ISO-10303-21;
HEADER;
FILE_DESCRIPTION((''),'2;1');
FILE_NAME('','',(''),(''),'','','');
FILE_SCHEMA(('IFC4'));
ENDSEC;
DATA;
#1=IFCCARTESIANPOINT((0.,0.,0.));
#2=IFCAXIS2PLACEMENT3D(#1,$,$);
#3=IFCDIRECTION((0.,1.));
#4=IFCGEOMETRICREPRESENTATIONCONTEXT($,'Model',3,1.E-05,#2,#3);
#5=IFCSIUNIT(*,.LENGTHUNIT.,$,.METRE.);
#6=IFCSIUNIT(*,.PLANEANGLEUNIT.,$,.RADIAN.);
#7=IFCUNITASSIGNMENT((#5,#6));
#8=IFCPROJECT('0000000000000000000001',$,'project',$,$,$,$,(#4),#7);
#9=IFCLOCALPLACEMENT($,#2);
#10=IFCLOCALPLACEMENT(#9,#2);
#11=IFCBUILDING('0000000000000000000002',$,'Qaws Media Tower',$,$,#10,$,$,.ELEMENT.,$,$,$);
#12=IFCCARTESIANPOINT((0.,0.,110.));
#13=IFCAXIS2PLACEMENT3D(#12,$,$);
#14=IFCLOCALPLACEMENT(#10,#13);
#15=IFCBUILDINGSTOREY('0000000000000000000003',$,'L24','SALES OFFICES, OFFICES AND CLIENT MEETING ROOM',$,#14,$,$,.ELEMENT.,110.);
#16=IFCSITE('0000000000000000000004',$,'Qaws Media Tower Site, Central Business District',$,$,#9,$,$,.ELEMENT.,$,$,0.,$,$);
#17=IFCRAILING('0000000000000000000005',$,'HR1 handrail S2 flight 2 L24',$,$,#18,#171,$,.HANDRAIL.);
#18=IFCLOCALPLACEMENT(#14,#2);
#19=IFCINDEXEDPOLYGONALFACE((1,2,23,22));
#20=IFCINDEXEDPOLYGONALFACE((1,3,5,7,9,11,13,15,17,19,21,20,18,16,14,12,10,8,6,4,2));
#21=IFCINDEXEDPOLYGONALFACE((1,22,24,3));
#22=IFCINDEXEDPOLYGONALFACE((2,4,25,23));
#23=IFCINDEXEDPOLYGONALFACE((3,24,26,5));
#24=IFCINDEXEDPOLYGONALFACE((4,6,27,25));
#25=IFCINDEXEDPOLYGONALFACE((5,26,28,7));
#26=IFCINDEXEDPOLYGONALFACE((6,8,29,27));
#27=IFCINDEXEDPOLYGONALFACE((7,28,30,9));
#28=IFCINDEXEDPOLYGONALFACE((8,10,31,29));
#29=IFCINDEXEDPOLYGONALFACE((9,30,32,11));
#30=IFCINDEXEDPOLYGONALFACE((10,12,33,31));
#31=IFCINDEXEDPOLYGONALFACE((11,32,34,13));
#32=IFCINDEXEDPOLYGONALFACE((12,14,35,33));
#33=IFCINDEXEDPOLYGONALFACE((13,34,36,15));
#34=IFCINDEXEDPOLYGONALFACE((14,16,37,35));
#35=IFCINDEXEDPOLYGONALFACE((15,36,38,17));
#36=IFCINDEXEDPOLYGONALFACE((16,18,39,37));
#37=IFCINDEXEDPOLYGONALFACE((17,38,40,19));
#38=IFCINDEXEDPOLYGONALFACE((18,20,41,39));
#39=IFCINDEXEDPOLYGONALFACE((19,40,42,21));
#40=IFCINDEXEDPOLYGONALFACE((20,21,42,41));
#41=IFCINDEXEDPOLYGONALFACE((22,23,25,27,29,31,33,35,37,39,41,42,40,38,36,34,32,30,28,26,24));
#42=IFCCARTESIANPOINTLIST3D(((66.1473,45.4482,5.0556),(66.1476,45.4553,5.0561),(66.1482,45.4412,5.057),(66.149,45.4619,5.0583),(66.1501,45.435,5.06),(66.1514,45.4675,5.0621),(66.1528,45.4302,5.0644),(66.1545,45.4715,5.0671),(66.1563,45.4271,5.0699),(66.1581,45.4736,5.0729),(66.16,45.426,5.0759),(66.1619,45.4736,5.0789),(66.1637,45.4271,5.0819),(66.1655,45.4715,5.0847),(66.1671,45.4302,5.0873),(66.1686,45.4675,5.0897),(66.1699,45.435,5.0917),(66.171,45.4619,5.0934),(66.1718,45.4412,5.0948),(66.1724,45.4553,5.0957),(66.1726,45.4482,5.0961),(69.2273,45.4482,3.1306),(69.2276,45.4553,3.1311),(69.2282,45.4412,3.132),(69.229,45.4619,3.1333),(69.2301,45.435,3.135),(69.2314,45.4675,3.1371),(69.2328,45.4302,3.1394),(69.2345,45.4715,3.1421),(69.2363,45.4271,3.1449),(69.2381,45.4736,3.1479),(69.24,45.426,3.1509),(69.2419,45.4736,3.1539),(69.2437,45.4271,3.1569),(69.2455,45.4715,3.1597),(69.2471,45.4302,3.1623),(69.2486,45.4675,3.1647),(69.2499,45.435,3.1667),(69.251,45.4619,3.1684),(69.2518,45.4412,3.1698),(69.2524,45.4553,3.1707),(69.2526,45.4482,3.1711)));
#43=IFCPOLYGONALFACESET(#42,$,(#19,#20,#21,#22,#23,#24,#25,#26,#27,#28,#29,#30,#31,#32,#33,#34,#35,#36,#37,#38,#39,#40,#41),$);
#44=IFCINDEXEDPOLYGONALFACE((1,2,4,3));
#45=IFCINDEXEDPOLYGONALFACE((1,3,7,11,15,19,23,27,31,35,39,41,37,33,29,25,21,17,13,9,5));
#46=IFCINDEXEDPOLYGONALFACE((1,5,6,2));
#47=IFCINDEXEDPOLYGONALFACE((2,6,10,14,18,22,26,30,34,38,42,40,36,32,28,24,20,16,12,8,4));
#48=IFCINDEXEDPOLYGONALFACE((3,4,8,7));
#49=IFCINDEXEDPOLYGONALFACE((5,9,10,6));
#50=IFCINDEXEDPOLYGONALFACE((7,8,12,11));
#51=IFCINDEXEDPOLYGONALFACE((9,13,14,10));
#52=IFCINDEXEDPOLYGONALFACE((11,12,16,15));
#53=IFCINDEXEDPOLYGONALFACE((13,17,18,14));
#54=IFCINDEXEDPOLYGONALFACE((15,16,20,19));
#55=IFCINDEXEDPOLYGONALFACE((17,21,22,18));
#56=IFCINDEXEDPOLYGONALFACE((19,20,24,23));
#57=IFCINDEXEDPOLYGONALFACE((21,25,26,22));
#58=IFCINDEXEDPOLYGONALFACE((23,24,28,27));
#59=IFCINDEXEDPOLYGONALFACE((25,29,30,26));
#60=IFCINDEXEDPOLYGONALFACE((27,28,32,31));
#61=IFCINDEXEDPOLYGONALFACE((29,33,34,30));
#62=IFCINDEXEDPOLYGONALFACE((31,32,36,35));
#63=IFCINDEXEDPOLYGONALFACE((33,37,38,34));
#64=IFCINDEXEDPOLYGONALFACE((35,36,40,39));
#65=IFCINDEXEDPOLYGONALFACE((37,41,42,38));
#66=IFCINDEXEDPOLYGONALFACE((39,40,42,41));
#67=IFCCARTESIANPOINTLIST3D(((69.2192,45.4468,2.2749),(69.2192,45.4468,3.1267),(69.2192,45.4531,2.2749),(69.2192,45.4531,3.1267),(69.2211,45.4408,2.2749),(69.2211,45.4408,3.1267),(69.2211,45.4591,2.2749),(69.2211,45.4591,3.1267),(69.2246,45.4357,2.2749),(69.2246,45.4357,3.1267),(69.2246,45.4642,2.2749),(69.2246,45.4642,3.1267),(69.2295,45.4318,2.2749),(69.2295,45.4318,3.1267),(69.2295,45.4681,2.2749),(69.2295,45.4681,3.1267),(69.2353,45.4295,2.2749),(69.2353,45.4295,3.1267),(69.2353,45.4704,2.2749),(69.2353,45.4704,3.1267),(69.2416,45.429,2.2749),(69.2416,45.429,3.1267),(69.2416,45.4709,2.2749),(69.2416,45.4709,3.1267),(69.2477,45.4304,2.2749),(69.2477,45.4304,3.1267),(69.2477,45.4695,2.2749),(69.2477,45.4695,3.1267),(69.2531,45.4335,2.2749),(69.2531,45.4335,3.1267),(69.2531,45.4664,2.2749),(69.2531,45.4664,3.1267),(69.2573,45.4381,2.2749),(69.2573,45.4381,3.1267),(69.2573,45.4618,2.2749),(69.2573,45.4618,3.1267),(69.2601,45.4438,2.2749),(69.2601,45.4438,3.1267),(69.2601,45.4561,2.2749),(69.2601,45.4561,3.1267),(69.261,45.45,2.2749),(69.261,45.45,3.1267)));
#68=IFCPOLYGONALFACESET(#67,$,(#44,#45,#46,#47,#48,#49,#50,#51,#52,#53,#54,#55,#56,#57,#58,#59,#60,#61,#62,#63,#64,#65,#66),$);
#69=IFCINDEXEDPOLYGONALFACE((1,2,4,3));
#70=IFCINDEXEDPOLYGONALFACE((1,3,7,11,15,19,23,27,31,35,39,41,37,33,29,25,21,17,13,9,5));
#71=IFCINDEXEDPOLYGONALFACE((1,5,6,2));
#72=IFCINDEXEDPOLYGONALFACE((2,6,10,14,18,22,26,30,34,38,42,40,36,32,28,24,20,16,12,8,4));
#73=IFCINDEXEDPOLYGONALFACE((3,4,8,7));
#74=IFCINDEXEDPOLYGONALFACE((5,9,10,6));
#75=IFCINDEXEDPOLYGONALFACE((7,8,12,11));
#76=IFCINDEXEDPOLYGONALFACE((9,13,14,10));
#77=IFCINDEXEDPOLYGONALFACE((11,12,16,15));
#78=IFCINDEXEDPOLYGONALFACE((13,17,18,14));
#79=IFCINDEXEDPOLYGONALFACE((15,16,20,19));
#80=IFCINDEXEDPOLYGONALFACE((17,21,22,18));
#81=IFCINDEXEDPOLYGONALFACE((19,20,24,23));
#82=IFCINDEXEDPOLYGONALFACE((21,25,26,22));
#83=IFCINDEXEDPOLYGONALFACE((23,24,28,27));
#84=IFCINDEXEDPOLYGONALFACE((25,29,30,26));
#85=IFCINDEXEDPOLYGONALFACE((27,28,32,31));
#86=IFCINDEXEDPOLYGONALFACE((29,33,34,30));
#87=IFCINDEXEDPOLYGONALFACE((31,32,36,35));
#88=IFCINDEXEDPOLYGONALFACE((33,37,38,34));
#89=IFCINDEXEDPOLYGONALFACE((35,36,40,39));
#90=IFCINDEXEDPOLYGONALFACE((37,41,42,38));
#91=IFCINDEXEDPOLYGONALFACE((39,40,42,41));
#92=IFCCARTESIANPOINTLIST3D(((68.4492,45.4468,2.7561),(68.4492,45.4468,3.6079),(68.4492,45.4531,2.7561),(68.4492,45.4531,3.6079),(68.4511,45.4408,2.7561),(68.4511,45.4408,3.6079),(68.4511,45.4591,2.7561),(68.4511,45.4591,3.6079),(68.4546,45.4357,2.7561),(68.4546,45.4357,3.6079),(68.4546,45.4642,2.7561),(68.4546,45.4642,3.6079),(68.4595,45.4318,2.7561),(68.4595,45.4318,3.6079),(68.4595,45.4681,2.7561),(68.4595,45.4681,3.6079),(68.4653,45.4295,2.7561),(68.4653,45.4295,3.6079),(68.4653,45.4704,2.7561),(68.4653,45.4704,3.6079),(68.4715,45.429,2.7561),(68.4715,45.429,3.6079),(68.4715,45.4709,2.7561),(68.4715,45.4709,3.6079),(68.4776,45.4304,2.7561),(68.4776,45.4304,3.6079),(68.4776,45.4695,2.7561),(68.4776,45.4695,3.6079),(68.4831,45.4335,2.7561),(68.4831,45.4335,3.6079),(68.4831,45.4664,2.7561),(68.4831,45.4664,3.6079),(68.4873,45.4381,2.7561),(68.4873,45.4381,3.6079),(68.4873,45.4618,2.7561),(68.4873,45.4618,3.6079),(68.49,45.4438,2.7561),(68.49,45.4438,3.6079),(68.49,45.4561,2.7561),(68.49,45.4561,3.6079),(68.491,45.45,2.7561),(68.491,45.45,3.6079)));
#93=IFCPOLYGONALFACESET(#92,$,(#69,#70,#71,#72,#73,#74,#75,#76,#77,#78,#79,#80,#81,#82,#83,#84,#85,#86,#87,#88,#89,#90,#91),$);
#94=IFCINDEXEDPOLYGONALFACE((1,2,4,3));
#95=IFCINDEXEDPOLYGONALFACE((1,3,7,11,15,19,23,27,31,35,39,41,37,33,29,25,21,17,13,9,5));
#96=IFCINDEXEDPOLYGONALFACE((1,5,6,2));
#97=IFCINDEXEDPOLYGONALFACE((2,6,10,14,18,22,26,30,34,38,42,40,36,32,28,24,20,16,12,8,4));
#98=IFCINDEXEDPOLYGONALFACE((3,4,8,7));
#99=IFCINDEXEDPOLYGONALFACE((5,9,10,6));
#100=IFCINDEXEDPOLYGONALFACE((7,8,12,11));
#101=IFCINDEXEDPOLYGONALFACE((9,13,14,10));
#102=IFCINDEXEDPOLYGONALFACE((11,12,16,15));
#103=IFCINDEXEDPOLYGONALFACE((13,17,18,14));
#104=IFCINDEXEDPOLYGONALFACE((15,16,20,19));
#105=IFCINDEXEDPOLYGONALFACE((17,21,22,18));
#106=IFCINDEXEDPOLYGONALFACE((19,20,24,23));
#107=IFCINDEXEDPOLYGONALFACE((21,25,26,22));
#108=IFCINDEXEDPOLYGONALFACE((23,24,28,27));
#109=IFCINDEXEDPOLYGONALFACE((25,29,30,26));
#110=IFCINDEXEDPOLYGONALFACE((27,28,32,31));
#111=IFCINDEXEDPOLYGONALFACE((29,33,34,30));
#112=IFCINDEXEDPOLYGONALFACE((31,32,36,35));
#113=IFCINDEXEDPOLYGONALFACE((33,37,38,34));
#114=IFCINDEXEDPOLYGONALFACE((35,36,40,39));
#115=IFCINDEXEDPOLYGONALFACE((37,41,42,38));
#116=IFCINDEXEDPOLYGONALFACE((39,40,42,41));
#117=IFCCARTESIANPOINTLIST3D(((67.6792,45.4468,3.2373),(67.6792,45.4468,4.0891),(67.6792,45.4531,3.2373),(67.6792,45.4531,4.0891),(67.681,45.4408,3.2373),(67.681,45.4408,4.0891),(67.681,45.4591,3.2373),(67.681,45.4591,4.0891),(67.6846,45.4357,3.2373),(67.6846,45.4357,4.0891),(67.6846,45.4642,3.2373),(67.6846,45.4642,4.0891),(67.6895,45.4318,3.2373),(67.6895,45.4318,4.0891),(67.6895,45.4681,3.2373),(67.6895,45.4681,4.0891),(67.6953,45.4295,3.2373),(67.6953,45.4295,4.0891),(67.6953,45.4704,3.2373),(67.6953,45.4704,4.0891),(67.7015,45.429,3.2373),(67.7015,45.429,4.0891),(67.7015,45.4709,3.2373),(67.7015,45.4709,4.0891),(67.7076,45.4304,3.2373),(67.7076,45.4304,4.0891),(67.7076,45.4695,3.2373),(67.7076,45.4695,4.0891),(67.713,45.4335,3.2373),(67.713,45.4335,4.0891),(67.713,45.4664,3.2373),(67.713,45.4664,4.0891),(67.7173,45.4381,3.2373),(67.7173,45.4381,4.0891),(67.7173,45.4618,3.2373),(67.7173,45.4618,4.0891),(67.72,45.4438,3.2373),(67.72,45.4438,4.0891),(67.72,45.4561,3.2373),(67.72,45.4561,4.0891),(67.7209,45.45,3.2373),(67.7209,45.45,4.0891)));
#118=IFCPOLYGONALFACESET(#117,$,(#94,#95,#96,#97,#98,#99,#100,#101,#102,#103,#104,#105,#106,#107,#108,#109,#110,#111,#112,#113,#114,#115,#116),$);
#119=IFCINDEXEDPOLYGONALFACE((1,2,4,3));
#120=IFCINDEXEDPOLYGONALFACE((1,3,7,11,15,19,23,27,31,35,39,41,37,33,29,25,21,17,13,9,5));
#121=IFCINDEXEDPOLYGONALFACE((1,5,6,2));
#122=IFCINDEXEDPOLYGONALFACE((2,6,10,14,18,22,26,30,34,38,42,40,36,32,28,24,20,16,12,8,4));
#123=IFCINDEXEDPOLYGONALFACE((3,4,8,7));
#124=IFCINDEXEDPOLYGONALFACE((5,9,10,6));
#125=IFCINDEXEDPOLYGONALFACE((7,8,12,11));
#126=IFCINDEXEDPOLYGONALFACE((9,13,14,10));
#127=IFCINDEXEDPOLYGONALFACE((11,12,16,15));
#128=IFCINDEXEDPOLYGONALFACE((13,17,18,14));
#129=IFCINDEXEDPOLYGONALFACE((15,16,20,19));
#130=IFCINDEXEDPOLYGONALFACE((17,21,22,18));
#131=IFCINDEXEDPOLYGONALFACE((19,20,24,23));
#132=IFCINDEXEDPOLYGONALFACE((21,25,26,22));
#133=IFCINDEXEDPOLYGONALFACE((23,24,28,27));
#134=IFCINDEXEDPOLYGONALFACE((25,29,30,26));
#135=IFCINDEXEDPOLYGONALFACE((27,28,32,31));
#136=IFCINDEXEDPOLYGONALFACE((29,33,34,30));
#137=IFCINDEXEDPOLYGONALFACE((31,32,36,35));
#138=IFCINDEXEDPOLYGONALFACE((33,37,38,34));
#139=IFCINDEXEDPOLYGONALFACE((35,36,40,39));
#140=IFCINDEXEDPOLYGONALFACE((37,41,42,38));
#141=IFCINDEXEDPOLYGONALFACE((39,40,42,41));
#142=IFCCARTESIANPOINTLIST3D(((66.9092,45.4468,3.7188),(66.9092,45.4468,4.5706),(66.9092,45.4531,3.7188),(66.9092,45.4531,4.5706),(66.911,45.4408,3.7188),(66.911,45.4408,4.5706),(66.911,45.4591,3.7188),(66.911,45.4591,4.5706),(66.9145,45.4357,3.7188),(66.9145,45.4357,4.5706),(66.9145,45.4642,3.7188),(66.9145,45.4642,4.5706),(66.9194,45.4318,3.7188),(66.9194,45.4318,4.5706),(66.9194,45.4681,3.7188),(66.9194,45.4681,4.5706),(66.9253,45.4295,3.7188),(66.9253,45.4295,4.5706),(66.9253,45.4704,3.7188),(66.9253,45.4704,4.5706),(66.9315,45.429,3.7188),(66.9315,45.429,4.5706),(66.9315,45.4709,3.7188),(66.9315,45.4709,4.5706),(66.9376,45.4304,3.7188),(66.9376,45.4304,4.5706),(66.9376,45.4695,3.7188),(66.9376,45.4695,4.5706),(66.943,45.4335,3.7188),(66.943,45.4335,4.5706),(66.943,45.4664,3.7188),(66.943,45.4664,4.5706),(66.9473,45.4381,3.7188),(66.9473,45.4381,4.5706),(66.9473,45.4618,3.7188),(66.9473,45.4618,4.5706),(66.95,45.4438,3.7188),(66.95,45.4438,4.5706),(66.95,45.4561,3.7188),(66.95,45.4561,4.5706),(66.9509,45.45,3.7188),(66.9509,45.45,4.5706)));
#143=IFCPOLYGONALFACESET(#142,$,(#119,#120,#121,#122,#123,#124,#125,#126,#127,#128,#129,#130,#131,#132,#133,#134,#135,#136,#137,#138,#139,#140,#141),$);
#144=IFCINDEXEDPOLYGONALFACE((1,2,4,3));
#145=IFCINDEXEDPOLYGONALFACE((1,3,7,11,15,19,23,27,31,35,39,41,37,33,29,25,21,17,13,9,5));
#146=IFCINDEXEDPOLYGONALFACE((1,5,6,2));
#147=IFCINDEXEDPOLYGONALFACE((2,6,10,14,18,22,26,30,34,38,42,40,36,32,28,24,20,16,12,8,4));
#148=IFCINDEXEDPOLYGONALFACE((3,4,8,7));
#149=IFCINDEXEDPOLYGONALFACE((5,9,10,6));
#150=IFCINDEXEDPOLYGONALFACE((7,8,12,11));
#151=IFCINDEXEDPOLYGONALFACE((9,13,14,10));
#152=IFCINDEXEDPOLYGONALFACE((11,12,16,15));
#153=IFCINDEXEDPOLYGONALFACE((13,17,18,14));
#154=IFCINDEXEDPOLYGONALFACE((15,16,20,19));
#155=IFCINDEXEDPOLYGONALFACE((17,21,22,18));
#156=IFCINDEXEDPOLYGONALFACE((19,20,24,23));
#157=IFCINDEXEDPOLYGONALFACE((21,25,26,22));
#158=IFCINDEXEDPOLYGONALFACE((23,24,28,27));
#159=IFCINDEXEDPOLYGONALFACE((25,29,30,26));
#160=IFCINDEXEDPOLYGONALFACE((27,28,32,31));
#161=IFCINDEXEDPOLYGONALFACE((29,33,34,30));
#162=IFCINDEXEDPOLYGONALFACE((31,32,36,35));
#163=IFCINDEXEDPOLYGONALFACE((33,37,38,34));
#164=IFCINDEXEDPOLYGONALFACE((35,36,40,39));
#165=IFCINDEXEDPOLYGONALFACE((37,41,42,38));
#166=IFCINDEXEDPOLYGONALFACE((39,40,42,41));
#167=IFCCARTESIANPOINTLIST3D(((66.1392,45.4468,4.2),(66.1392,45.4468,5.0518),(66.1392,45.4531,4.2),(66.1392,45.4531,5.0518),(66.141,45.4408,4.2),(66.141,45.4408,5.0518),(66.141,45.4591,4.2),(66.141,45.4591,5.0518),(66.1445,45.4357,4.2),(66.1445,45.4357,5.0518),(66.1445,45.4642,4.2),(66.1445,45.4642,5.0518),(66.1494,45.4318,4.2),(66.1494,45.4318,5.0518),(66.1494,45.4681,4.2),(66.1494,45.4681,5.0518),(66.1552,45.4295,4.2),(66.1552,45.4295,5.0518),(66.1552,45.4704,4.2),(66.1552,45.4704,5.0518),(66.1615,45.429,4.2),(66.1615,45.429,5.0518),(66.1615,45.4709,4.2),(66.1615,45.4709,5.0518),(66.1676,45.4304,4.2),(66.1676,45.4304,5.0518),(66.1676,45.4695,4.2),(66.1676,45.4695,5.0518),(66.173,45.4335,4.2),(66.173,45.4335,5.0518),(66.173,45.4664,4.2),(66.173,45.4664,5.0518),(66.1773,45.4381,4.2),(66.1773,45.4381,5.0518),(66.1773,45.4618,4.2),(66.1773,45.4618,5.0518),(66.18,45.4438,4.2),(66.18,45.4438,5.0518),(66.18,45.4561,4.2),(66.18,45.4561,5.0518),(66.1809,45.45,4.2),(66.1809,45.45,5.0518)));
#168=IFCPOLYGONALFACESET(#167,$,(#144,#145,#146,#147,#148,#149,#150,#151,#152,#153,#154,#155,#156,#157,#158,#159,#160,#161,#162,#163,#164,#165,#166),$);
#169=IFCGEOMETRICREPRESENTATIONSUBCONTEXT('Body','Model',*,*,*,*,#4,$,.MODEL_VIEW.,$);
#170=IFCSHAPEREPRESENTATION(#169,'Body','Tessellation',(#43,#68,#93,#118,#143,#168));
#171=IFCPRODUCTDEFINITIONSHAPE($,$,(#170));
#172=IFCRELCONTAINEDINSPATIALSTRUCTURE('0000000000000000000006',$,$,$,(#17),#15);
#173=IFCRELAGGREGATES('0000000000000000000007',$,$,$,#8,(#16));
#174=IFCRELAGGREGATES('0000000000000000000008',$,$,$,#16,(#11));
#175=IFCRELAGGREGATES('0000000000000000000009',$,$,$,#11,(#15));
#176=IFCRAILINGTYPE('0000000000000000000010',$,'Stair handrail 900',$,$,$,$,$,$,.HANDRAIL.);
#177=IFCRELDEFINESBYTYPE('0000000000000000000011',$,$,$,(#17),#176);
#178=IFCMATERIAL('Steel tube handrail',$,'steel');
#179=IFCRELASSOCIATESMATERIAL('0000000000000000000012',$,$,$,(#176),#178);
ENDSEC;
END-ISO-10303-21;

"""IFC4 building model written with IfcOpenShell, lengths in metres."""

from ifc_helpers import new_model, si_unit, direction, frame, origin, origin_2d, place, context, subcontext, project, spatial, circle, extrude, material, type_object, element, save


model = new_model("IFC4")

# Units and contexts
model_context = context("Model", 3, precision=1e-05, world=origin(), true_north=direction((0.0, 1.0)))
body_context = subcontext(model_context, "Body", "Model", "MODEL_VIEW")
ifc_project = project(units=[si_unit("LENGTHUNIT", "METRE"), si_unit("PLANEANGLEUNIT", "RADIAN")], contexts=[model_context])

# Site, building, storey
site_placement = place(None, origin())
site = spatial("IfcSite", under=ifc_project, at=site_placement, Name="Qaws Media Tower Site, Central Business District", CompositionType="ELEMENT", RefElevation=0.0)
building_placement = place(site_placement, origin())
building = spatial("IfcBuilding", under=site, at=building_placement, Name="Qaws Media Tower", CompositionType="ELEMENT")
storey_placement = place(building_placement, frame((0.0, 0.0, 110.0)))
storey = spatial("IfcBuildingStorey", under=building, at=storey_placement, Name="L24", Description="SALES OFFICES, OFFICES AND CLIENT MEETING ROOM", CompositionType="ELEMENT", Elevation=110.0)

# Railing
ifc_material_1 = material(Name="Steel tube handrail", Category="steel")
railing_type = type_object("IfcRailingType", Name="Stair handrail 900", PredefinedType="HANDRAIL", material=ifc_material_1)
for number, where, name in (
    (1, (69.24, 45.45, 2.2749), "HR1 handrail S2 flight 2 L24"),
):
    element("IfcRailing", number, at=place(storey_placement, frame(where)), inside=storey, type_object=railing_type, Name=name, PredefinedType="HANDRAIL", context=body_context, shape_type="SweptSolid", body=[
        extrude(circle(Radius=0.0239, at=origin_2d()), frame((0.0, 0.0, 0.876), z_axis=(-0.847998, 0.0, 0.529999), x_axis=(0.0, -1.0, 0.0)), (0.0, 0.0, 1.0), 3.6321),
        extrude(circle(Radius=0.021, at=origin_2d()), origin(), (0.0, 0.0, 1.0), 0.8518),
        extrude(circle(Radius=0.021, at=origin_2d()), frame((-0.77, 0.0, 0.4812)), (0.0, 0.0, 1.0), 0.8518),
        extrude(circle(Radius=0.021, at=origin_2d()), frame((-1.54, 0.0, 0.9624)), (0.0, 0.0, 1.0), 0.8518),
        extrude(circle(Radius=0.021, at=origin_2d()), frame((-2.3101, 0.0, 1.4438)), (0.0, 0.0, 1.0), 0.8518),
        extrude(circle(Radius=0.021, at=origin_2d()), frame((-3.0801, 0.0, 1.925)), (0.0, 0.0, 1.0), 0.8518),
    ])

save(model, "model.ifc")
